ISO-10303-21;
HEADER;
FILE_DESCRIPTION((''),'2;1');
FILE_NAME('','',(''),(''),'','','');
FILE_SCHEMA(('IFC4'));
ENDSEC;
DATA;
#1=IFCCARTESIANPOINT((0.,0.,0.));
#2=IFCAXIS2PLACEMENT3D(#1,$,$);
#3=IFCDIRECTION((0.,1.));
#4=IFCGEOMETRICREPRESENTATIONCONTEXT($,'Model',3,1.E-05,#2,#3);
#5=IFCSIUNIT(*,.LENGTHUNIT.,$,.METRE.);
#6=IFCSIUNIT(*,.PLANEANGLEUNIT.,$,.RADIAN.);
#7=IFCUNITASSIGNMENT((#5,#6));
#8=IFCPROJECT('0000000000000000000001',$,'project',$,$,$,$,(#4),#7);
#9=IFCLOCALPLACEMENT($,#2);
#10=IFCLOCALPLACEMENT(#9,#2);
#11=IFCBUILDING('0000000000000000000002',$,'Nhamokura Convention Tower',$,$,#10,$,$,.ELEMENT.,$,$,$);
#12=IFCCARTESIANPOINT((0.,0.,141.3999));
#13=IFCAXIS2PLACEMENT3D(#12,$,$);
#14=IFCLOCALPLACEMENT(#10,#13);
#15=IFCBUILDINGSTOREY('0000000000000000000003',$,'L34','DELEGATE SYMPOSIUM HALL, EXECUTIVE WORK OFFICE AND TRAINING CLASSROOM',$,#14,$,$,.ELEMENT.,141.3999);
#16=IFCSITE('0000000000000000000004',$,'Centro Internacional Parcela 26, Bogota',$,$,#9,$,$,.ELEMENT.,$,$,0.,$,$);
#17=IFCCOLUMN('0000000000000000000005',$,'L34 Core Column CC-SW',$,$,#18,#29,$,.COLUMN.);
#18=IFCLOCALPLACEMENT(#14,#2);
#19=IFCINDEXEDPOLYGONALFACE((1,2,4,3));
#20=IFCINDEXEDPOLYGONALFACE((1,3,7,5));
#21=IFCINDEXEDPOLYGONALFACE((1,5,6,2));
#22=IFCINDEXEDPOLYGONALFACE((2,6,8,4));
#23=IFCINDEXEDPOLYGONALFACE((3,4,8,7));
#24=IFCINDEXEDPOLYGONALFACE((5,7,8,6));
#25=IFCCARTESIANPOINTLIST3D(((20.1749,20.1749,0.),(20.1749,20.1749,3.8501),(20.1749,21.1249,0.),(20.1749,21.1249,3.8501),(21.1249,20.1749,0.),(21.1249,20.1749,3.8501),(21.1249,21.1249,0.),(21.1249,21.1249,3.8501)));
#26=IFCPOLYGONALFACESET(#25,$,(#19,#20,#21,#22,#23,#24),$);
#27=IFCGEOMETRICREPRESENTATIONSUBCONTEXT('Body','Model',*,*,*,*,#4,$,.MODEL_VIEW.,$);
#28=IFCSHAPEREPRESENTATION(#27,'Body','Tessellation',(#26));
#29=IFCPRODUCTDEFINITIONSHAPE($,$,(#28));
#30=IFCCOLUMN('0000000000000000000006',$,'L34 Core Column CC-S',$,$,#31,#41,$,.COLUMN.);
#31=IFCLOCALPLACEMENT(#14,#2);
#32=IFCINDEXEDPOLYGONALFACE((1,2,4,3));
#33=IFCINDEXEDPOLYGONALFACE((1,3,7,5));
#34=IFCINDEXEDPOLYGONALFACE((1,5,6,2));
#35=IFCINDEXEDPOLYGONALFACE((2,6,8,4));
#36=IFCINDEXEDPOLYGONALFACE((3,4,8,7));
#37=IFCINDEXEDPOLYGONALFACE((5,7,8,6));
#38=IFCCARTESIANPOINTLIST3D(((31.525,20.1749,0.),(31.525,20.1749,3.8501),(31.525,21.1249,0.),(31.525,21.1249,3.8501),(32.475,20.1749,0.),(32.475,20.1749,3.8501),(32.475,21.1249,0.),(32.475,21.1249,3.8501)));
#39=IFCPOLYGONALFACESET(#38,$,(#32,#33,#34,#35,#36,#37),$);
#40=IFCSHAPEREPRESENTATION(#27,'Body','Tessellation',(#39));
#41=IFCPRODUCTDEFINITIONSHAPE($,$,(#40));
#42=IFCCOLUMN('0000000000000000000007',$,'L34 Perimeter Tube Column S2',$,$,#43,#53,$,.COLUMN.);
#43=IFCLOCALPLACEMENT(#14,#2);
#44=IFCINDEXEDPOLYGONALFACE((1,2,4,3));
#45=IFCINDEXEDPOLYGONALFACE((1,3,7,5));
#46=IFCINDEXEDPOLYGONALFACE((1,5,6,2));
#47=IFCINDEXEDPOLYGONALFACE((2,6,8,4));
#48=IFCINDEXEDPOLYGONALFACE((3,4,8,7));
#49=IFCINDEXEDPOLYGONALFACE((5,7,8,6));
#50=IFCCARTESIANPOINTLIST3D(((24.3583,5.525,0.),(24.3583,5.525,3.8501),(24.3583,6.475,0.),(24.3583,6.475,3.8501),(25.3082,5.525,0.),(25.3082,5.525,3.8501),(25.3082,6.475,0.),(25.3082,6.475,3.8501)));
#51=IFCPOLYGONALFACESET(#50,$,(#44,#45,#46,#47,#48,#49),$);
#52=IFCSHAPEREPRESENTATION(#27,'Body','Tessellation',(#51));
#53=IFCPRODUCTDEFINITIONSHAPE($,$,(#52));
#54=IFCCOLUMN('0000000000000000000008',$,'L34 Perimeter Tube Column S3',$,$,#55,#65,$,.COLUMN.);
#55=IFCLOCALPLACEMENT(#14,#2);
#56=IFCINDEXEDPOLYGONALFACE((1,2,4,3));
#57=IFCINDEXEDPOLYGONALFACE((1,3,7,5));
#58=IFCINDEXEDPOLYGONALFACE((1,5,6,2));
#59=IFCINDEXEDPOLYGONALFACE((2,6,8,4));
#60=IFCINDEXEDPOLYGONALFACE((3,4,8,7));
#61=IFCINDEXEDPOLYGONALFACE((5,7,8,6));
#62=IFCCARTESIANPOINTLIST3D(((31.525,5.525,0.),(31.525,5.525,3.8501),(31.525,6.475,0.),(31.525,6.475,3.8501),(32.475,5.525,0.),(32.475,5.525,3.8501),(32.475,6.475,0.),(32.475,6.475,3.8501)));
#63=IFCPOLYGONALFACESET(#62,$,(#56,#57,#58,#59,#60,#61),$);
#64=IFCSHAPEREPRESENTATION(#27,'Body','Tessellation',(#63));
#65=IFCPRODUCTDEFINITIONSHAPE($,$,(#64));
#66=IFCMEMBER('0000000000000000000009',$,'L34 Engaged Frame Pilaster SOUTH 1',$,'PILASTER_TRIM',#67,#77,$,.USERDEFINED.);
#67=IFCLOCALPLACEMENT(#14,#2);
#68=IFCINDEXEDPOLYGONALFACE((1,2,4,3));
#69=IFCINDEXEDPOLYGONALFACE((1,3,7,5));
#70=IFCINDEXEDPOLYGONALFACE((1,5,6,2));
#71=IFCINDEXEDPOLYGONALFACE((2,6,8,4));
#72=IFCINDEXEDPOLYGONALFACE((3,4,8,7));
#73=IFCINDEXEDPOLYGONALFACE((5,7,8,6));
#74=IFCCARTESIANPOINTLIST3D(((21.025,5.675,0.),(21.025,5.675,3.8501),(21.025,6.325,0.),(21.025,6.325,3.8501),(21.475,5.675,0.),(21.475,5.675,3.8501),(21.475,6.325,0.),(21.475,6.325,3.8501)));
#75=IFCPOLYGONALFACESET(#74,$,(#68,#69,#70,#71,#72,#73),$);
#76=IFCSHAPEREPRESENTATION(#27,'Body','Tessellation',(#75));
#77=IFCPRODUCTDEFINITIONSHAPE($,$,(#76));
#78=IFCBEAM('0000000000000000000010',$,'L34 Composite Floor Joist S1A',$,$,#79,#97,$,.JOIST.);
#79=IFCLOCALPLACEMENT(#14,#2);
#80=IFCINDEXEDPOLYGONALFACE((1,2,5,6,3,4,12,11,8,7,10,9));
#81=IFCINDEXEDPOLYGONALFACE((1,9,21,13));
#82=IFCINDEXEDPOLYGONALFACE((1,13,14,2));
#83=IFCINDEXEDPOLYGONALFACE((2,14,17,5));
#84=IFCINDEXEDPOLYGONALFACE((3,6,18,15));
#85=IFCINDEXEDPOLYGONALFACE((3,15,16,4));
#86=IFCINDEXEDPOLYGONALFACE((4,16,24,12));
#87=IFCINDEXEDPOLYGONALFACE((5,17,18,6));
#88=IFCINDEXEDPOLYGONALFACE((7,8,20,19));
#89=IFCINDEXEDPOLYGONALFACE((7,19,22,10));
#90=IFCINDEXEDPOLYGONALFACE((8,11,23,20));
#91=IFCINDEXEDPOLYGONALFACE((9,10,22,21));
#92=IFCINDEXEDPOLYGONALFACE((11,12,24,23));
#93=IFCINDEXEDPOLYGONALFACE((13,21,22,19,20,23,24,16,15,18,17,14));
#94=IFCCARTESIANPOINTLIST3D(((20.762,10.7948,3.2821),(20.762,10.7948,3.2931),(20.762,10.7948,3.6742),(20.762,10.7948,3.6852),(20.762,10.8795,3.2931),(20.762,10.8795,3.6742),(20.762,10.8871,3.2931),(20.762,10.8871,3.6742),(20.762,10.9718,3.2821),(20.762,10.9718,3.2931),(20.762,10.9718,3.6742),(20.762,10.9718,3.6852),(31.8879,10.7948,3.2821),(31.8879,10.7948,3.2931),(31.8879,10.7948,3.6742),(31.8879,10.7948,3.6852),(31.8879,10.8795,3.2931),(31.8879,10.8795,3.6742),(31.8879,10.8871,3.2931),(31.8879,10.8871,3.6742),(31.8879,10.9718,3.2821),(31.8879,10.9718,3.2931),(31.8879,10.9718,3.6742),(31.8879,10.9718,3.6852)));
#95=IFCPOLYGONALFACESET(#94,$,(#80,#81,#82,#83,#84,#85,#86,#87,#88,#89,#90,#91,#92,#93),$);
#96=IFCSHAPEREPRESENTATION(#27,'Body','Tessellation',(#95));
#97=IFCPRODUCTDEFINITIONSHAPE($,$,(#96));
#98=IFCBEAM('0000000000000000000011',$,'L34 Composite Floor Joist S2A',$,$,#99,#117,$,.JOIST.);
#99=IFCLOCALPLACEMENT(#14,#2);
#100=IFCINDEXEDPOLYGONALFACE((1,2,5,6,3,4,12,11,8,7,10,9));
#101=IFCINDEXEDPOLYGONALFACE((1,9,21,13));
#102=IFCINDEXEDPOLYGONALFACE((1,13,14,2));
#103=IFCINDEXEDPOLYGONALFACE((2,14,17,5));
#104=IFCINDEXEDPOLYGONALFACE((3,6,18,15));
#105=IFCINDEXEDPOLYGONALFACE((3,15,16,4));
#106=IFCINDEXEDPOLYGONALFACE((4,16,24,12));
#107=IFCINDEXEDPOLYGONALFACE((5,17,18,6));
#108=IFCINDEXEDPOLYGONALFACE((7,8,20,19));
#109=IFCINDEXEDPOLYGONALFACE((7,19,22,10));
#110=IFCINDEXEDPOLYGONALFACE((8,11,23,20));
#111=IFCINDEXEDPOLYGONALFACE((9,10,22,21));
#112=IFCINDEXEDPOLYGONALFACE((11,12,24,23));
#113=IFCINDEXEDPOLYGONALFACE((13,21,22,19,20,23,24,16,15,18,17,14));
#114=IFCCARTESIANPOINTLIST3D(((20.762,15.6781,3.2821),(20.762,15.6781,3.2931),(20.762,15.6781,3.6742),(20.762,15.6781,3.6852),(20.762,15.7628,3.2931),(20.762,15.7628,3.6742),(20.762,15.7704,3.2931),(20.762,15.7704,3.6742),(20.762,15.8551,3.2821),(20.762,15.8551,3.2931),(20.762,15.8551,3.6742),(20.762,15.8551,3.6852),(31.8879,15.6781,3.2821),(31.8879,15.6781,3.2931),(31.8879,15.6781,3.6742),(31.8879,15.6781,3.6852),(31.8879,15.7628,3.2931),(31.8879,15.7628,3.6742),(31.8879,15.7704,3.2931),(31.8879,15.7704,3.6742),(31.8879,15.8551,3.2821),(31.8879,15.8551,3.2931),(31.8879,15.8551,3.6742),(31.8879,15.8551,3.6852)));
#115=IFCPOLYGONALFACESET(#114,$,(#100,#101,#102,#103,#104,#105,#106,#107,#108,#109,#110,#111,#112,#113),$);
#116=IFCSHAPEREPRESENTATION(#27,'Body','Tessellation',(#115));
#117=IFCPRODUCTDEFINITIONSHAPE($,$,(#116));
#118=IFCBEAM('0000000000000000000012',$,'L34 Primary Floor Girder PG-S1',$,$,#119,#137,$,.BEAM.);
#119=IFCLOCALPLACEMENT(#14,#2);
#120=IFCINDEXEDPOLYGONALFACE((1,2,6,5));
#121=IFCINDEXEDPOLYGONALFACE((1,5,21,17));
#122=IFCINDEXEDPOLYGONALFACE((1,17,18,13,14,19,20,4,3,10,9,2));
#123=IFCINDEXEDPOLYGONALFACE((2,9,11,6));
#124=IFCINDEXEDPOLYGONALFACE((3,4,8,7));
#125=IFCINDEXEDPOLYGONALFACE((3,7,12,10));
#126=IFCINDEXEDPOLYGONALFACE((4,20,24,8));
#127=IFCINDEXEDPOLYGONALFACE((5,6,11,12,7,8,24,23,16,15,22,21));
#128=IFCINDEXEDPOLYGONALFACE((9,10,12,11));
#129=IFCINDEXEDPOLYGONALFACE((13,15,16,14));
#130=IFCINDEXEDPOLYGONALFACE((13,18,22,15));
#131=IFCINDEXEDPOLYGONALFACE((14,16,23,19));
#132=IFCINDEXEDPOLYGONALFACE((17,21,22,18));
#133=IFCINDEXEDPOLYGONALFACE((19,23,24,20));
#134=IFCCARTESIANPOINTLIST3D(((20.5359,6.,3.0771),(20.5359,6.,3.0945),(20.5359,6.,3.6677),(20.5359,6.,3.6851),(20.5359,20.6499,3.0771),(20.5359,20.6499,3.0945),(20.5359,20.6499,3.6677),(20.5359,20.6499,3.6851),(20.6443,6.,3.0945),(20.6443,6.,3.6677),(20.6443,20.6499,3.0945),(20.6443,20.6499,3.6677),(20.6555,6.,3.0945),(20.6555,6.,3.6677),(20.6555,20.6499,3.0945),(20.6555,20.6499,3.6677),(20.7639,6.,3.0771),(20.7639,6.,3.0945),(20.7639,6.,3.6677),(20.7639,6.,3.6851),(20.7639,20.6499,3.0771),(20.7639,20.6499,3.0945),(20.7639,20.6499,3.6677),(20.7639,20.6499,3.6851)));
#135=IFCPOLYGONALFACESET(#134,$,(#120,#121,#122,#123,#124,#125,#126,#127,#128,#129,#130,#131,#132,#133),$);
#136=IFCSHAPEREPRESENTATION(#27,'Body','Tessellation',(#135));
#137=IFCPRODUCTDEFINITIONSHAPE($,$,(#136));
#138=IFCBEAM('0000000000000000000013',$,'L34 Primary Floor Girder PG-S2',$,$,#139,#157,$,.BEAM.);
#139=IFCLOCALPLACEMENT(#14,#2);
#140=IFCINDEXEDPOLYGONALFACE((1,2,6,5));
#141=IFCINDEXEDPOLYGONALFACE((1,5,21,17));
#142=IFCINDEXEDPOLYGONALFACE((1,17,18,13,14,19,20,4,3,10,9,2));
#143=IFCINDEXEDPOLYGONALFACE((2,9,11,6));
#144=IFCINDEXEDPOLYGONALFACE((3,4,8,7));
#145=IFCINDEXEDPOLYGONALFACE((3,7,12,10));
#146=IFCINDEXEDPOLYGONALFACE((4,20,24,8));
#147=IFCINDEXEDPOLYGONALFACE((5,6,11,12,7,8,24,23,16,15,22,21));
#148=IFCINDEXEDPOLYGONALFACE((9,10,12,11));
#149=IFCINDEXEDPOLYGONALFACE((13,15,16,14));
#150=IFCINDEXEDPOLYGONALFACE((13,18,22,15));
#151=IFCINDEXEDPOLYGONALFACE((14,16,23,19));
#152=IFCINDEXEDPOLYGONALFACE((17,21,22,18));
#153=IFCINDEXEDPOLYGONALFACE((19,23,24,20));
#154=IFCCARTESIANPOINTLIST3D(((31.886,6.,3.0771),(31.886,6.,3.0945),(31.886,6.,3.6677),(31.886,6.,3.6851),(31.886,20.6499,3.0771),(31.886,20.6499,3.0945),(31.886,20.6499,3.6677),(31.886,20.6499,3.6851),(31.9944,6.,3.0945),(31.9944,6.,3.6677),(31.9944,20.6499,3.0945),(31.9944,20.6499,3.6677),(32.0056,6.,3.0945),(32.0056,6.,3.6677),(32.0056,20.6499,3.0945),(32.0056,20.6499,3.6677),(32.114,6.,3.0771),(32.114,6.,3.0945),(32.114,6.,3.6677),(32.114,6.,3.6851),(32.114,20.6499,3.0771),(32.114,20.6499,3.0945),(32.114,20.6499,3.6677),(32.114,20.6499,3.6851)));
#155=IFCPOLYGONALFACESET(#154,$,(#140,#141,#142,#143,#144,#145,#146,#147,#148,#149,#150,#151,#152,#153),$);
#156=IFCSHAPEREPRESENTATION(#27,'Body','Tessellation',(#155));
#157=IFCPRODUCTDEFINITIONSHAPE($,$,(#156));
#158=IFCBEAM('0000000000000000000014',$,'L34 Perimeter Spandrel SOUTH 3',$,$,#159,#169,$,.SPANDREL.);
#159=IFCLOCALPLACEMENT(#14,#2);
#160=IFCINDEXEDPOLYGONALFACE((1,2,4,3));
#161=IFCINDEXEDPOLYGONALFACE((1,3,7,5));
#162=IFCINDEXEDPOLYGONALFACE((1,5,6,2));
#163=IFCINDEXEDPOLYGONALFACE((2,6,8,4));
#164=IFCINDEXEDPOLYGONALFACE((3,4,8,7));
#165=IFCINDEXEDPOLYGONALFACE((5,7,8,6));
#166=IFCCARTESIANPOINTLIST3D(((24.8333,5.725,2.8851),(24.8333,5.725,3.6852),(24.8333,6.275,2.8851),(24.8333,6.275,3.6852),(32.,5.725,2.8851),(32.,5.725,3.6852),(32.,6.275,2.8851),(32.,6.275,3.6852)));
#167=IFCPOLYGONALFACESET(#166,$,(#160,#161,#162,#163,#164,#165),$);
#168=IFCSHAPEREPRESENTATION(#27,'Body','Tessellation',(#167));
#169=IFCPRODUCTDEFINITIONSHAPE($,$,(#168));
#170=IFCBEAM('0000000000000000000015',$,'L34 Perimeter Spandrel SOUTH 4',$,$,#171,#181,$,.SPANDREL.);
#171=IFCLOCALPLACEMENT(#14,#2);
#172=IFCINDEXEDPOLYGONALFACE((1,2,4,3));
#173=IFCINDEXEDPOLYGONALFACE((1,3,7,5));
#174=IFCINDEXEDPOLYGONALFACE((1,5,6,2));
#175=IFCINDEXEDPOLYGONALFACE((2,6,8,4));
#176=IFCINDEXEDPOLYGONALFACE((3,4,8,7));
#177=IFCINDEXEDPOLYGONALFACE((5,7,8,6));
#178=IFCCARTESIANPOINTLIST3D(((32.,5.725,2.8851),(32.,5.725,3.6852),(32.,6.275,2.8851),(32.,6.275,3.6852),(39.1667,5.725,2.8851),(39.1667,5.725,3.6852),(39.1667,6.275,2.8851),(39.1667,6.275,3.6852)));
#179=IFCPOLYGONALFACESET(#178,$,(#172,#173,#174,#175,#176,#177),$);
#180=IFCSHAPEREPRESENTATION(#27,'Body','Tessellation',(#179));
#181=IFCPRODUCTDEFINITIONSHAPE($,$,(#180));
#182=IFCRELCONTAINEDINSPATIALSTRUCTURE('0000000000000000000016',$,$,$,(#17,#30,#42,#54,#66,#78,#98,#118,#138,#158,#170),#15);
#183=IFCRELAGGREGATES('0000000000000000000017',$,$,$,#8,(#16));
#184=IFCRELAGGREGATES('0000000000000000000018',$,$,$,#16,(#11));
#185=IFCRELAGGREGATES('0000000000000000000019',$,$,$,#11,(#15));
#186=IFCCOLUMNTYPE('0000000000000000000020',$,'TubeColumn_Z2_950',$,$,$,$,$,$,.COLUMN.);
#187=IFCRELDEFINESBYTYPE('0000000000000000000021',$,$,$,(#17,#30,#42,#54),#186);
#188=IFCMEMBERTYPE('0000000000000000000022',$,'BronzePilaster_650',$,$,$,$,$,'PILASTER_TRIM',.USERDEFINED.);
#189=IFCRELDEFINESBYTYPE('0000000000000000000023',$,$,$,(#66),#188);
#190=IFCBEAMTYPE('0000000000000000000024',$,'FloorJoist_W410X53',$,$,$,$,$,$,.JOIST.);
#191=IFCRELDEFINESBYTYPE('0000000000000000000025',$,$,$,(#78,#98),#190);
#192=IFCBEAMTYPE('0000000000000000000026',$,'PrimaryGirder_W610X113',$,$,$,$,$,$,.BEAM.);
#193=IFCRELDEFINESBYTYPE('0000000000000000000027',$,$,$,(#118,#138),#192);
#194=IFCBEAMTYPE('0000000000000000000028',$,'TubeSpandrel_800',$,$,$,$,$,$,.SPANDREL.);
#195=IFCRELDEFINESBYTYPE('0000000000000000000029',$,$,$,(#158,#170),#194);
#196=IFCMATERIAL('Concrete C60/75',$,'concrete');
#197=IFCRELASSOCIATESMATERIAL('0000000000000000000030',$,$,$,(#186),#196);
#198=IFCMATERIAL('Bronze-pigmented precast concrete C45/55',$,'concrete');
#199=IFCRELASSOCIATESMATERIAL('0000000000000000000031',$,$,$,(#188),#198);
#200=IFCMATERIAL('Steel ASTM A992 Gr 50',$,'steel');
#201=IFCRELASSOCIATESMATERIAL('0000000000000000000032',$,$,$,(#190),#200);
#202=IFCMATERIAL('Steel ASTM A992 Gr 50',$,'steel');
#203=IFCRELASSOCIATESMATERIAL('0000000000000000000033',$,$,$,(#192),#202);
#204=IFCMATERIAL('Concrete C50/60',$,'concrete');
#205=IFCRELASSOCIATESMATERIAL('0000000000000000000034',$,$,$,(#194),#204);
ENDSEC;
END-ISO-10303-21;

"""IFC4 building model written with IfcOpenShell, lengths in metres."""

from ifc_helpers import new_model, si_unit, direction, frame, origin, origin_2d, place, context, subcontext, project, spatial, rectangle, i_section, extrude, material, material_profile, profile_set, type_object, element, save


model = new_model("IFC4")

# Units and contexts
model_context = context("Model", 3, precision=1e-05, world=origin(), true_north=direction((0.0, 1.0)))
body_context = subcontext(model_context, "Body", "Model", "MODEL_VIEW")
ifc_project = project(units=[si_unit("LENGTHUNIT", "METRE"), si_unit("PLANEANGLEUNIT", "RADIAN")], contexts=[model_context])

# Site, building, storey
site_placement = place(None, origin())
site = spatial("IfcSite", under=ifc_project, at=site_placement, Name="Centro Internacional Parcela 26, Bogota", CompositionType="ELEMENT", RefElevation=0.0)
building_placement = place(site_placement, origin())
building = spatial("IfcBuilding", under=site, at=building_placement, Name="Nhamokura Convention Tower", CompositionType="ELEMENT")
storey_placement = place(building_placement, frame((0.0, 0.0, 141.3999)))
storey = spatial("IfcBuildingStorey", under=building, at=storey_placement, Name="L34", Description="DELEGATE SYMPOSIUM HALL, EXECUTIVE WORK OFFICE AND TRAINING CLASSROOM", CompositionType="ELEMENT", Elevation=141.3999)

# Columns
ifc_material_1 = material(Name="Concrete C60/75", Category="concrete")
ifc_material_profile_1 = material_profile(ifc_material_1, rectangle(XDim=0.95, YDim=0.95, at=origin_2d()))
ifc_profile_set_1 = profile_set([ifc_material_profile_1], Name="Concrete C60/75")
column_type = type_object("IfcColumnType", Name="TubeColumn_Z2_950", PredefinedType="COLUMN", material=ifc_profile_set_1)
for number, where, z_axis, x_axis, name in (
    (1, (20.6499, 20.6499, 0.0), (0.0, 0.0, 1.0), (1.0, 0.0, 0.0), "L34 Core Column CC-SW"),
    (2, (32.0, 20.6499, 0.0), (0.0, 0.0, 1.0), (1.0, 0.0, 0.0), "L34 Core Column CC-S"),
    (3, (24.8333, 6.0, 0.0), (0.0, 0.0, 1.0), (1.0, 0.0, 0.0), "L34 Perimeter Tube Column S2"),
    (4, (32.0, 6.0, 0.0), (0.0, 0.0, 1.0), (1.0, 0.0, 0.0), "L34 Perimeter Tube Column S3"),
):
    element("IfcColumn", number, at=place(storey_placement, frame(where, z_axis=z_axis, x_axis=x_axis)), inside=storey, type_object=column_type, Name=name, PredefinedType="COLUMN", context=body_context, shape_type="SweptSolid", body=[
        extrude(rectangle(XDim=0.95, YDim=0.95, at=origin_2d()), origin(), (0.0, 0.0, 1.0), 3.8501),
    ])

# Member
ifc_material_2 = material(Name="Bronze-pigmented precast concrete C45/55", Category="concrete")
ifc_material_profile_2 = material_profile(ifc_material_2, rectangle(XDim=0.45, YDim=0.6499, at=origin_2d()))
ifc_profile_set_2 = profile_set([ifc_material_profile_2], Name="Bronze-pigmented precast concrete C45/55")
member_type = type_object("IfcMemberType", Name="BronzePilaster_650", ElementType="PILASTER_TRIM", PredefinedType="USERDEFINED", material=ifc_profile_set_2)
member_placement = place(storey_placement, frame((21.25, 6.0, 0.0), z_axis=(0.0, 0.0, 1.0), x_axis=(1.0, 0.0, 0.0)))
element("IfcMember", 5, at=member_placement, inside=storey, type_object=member_type, Name="L34 Engaged Frame Pilaster SOUTH 1", ObjectType="PILASTER_TRIM", PredefinedType="USERDEFINED", context=body_context, shape_type="SweptSolid", body=[
    extrude(rectangle(XDim=0.45, YDim=0.6499, at=origin_2d()), origin(), (0.0, 0.0, 1.0), 3.8501),
])

# Beams
ifc_material_3 = material(Name="Steel ASTM A992 Gr 50", Category="steel")
ifc_material_profile_3 = material_profile(ifc_material_3, i_section(OverallWidth=0.177, OverallDepth=0.4031, WebThickness=0.0076, FlangeThickness=0.011, at=origin_2d()))
ifc_profile_set_3 = profile_set([ifc_material_profile_3], Name="Steel ASTM A992 Gr 50")
beam_type_1 = type_object("IfcBeamType", Name="FloorJoist_W410X53", PredefinedType="JOIST", material=ifc_profile_set_3)
for number, where, z_axis, x_axis, name in (
    (6, (20.762, 10.8833, 3.4836), (1.0, 0.0, 0.0), (0.0, 1.0, 0.0), "L34 Composite Floor Joist S1A"),
    (7, (20.762, 15.7666, 3.4836), (1.0, 0.0, 0.0), (0.0, 1.0, 0.0), "L34 Composite Floor Joist S2A"),
):
    element("IfcBeam", number, at=place(storey_placement, frame(where, z_axis=z_axis, x_axis=x_axis)), inside=storey, type_object=beam_type_1, Name=name, PredefinedType="JOIST", context=body_context, shape_type="SweptSolid", body=[
        extrude(i_section(OverallWidth=0.177, OverallDepth=0.4031, WebThickness=0.0076, FlangeThickness=0.011, at=origin_2d()), origin(), (0.0, 0.0, 1.0), 11.126),
    ])
ifc_material_4 = material(Name="Steel ASTM A992 Gr 50", Category="steel")
ifc_material_profile_4 = material_profile(ifc_material_4, i_section(OverallWidth=0.228, OverallDepth=0.6079, WebThickness=0.0112, FlangeThickness=0.0173, at=origin_2d()))
ifc_profile_set_4 = profile_set([ifc_material_profile_4], Name="Steel ASTM A992 Gr 50")
beam_type_2 = type_object("IfcBeamType", Name="PrimaryGirder_W610X113", PredefinedType="BEAM", material=ifc_profile_set_4)
for number, where, z_axis, x_axis, name in (
    (8, (20.6499, 6.0, 3.3811), (0.0, 1.0, 0.0), (-1.0, 0.0, 0.0), "L34 Primary Floor Girder PG-S1"),
    (9, (32.0, 6.0, 3.3811), (0.0, 1.0, 0.0), (-1.0, 0.0, 0.0), "L34 Primary Floor Girder PG-S2"),
):
    element("IfcBeam", number, at=place(storey_placement, frame(where, z_axis=z_axis, x_axis=x_axis)), inside=storey, type_object=beam_type_2, Name=name, PredefinedType="BEAM", context=body_context, shape_type="SweptSolid", body=[
        extrude(i_section(OverallWidth=0.228, OverallDepth=0.6079, WebThickness=0.0112, FlangeThickness=0.0173, at=origin_2d()), origin(), (0.0, 0.0, 1.0), 14.6499),
    ])
ifc_material_5 = material(Name="Concrete C50/60", Category="concrete")
ifc_material_profile_5 = material_profile(ifc_material_5, rectangle(XDim=0.55, YDim=0.8, at=origin_2d()))
ifc_profile_set_5 = profile_set([ifc_material_profile_5], Name="Concrete C50/60")
beam_type_3 = type_object("IfcBeamType", Name="TubeSpandrel_800", PredefinedType="SPANDREL", material=ifc_profile_set_5)
for number, where, z_axis, x_axis, name in (
    (10, (24.8333, 6.0, 3.2852), (1.0, 0.0, 0.0), (0.0, 1.0, 0.0), "L34 Perimeter Spandrel SOUTH 3"),
    (11, (32.0, 6.0, 3.2852), (1.0, 0.0, 0.0), (0.0, 1.0, 0.0), "L34 Perimeter Spandrel SOUTH 4"),
):
    element("IfcBeam", number, at=place(storey_placement, frame(where, z_axis=z_axis, x_axis=x_axis)), inside=storey, type_object=beam_type_3, Name=name, PredefinedType="SPANDREL", context=body_context, shape_type="SweptSolid", body=[
        extrude(rectangle(XDim=0.55, YDim=0.8, at=origin_2d()), origin(), (0.0, 0.0, 1.0), 7.1667),
    ])

save(model, "model.ifc")
